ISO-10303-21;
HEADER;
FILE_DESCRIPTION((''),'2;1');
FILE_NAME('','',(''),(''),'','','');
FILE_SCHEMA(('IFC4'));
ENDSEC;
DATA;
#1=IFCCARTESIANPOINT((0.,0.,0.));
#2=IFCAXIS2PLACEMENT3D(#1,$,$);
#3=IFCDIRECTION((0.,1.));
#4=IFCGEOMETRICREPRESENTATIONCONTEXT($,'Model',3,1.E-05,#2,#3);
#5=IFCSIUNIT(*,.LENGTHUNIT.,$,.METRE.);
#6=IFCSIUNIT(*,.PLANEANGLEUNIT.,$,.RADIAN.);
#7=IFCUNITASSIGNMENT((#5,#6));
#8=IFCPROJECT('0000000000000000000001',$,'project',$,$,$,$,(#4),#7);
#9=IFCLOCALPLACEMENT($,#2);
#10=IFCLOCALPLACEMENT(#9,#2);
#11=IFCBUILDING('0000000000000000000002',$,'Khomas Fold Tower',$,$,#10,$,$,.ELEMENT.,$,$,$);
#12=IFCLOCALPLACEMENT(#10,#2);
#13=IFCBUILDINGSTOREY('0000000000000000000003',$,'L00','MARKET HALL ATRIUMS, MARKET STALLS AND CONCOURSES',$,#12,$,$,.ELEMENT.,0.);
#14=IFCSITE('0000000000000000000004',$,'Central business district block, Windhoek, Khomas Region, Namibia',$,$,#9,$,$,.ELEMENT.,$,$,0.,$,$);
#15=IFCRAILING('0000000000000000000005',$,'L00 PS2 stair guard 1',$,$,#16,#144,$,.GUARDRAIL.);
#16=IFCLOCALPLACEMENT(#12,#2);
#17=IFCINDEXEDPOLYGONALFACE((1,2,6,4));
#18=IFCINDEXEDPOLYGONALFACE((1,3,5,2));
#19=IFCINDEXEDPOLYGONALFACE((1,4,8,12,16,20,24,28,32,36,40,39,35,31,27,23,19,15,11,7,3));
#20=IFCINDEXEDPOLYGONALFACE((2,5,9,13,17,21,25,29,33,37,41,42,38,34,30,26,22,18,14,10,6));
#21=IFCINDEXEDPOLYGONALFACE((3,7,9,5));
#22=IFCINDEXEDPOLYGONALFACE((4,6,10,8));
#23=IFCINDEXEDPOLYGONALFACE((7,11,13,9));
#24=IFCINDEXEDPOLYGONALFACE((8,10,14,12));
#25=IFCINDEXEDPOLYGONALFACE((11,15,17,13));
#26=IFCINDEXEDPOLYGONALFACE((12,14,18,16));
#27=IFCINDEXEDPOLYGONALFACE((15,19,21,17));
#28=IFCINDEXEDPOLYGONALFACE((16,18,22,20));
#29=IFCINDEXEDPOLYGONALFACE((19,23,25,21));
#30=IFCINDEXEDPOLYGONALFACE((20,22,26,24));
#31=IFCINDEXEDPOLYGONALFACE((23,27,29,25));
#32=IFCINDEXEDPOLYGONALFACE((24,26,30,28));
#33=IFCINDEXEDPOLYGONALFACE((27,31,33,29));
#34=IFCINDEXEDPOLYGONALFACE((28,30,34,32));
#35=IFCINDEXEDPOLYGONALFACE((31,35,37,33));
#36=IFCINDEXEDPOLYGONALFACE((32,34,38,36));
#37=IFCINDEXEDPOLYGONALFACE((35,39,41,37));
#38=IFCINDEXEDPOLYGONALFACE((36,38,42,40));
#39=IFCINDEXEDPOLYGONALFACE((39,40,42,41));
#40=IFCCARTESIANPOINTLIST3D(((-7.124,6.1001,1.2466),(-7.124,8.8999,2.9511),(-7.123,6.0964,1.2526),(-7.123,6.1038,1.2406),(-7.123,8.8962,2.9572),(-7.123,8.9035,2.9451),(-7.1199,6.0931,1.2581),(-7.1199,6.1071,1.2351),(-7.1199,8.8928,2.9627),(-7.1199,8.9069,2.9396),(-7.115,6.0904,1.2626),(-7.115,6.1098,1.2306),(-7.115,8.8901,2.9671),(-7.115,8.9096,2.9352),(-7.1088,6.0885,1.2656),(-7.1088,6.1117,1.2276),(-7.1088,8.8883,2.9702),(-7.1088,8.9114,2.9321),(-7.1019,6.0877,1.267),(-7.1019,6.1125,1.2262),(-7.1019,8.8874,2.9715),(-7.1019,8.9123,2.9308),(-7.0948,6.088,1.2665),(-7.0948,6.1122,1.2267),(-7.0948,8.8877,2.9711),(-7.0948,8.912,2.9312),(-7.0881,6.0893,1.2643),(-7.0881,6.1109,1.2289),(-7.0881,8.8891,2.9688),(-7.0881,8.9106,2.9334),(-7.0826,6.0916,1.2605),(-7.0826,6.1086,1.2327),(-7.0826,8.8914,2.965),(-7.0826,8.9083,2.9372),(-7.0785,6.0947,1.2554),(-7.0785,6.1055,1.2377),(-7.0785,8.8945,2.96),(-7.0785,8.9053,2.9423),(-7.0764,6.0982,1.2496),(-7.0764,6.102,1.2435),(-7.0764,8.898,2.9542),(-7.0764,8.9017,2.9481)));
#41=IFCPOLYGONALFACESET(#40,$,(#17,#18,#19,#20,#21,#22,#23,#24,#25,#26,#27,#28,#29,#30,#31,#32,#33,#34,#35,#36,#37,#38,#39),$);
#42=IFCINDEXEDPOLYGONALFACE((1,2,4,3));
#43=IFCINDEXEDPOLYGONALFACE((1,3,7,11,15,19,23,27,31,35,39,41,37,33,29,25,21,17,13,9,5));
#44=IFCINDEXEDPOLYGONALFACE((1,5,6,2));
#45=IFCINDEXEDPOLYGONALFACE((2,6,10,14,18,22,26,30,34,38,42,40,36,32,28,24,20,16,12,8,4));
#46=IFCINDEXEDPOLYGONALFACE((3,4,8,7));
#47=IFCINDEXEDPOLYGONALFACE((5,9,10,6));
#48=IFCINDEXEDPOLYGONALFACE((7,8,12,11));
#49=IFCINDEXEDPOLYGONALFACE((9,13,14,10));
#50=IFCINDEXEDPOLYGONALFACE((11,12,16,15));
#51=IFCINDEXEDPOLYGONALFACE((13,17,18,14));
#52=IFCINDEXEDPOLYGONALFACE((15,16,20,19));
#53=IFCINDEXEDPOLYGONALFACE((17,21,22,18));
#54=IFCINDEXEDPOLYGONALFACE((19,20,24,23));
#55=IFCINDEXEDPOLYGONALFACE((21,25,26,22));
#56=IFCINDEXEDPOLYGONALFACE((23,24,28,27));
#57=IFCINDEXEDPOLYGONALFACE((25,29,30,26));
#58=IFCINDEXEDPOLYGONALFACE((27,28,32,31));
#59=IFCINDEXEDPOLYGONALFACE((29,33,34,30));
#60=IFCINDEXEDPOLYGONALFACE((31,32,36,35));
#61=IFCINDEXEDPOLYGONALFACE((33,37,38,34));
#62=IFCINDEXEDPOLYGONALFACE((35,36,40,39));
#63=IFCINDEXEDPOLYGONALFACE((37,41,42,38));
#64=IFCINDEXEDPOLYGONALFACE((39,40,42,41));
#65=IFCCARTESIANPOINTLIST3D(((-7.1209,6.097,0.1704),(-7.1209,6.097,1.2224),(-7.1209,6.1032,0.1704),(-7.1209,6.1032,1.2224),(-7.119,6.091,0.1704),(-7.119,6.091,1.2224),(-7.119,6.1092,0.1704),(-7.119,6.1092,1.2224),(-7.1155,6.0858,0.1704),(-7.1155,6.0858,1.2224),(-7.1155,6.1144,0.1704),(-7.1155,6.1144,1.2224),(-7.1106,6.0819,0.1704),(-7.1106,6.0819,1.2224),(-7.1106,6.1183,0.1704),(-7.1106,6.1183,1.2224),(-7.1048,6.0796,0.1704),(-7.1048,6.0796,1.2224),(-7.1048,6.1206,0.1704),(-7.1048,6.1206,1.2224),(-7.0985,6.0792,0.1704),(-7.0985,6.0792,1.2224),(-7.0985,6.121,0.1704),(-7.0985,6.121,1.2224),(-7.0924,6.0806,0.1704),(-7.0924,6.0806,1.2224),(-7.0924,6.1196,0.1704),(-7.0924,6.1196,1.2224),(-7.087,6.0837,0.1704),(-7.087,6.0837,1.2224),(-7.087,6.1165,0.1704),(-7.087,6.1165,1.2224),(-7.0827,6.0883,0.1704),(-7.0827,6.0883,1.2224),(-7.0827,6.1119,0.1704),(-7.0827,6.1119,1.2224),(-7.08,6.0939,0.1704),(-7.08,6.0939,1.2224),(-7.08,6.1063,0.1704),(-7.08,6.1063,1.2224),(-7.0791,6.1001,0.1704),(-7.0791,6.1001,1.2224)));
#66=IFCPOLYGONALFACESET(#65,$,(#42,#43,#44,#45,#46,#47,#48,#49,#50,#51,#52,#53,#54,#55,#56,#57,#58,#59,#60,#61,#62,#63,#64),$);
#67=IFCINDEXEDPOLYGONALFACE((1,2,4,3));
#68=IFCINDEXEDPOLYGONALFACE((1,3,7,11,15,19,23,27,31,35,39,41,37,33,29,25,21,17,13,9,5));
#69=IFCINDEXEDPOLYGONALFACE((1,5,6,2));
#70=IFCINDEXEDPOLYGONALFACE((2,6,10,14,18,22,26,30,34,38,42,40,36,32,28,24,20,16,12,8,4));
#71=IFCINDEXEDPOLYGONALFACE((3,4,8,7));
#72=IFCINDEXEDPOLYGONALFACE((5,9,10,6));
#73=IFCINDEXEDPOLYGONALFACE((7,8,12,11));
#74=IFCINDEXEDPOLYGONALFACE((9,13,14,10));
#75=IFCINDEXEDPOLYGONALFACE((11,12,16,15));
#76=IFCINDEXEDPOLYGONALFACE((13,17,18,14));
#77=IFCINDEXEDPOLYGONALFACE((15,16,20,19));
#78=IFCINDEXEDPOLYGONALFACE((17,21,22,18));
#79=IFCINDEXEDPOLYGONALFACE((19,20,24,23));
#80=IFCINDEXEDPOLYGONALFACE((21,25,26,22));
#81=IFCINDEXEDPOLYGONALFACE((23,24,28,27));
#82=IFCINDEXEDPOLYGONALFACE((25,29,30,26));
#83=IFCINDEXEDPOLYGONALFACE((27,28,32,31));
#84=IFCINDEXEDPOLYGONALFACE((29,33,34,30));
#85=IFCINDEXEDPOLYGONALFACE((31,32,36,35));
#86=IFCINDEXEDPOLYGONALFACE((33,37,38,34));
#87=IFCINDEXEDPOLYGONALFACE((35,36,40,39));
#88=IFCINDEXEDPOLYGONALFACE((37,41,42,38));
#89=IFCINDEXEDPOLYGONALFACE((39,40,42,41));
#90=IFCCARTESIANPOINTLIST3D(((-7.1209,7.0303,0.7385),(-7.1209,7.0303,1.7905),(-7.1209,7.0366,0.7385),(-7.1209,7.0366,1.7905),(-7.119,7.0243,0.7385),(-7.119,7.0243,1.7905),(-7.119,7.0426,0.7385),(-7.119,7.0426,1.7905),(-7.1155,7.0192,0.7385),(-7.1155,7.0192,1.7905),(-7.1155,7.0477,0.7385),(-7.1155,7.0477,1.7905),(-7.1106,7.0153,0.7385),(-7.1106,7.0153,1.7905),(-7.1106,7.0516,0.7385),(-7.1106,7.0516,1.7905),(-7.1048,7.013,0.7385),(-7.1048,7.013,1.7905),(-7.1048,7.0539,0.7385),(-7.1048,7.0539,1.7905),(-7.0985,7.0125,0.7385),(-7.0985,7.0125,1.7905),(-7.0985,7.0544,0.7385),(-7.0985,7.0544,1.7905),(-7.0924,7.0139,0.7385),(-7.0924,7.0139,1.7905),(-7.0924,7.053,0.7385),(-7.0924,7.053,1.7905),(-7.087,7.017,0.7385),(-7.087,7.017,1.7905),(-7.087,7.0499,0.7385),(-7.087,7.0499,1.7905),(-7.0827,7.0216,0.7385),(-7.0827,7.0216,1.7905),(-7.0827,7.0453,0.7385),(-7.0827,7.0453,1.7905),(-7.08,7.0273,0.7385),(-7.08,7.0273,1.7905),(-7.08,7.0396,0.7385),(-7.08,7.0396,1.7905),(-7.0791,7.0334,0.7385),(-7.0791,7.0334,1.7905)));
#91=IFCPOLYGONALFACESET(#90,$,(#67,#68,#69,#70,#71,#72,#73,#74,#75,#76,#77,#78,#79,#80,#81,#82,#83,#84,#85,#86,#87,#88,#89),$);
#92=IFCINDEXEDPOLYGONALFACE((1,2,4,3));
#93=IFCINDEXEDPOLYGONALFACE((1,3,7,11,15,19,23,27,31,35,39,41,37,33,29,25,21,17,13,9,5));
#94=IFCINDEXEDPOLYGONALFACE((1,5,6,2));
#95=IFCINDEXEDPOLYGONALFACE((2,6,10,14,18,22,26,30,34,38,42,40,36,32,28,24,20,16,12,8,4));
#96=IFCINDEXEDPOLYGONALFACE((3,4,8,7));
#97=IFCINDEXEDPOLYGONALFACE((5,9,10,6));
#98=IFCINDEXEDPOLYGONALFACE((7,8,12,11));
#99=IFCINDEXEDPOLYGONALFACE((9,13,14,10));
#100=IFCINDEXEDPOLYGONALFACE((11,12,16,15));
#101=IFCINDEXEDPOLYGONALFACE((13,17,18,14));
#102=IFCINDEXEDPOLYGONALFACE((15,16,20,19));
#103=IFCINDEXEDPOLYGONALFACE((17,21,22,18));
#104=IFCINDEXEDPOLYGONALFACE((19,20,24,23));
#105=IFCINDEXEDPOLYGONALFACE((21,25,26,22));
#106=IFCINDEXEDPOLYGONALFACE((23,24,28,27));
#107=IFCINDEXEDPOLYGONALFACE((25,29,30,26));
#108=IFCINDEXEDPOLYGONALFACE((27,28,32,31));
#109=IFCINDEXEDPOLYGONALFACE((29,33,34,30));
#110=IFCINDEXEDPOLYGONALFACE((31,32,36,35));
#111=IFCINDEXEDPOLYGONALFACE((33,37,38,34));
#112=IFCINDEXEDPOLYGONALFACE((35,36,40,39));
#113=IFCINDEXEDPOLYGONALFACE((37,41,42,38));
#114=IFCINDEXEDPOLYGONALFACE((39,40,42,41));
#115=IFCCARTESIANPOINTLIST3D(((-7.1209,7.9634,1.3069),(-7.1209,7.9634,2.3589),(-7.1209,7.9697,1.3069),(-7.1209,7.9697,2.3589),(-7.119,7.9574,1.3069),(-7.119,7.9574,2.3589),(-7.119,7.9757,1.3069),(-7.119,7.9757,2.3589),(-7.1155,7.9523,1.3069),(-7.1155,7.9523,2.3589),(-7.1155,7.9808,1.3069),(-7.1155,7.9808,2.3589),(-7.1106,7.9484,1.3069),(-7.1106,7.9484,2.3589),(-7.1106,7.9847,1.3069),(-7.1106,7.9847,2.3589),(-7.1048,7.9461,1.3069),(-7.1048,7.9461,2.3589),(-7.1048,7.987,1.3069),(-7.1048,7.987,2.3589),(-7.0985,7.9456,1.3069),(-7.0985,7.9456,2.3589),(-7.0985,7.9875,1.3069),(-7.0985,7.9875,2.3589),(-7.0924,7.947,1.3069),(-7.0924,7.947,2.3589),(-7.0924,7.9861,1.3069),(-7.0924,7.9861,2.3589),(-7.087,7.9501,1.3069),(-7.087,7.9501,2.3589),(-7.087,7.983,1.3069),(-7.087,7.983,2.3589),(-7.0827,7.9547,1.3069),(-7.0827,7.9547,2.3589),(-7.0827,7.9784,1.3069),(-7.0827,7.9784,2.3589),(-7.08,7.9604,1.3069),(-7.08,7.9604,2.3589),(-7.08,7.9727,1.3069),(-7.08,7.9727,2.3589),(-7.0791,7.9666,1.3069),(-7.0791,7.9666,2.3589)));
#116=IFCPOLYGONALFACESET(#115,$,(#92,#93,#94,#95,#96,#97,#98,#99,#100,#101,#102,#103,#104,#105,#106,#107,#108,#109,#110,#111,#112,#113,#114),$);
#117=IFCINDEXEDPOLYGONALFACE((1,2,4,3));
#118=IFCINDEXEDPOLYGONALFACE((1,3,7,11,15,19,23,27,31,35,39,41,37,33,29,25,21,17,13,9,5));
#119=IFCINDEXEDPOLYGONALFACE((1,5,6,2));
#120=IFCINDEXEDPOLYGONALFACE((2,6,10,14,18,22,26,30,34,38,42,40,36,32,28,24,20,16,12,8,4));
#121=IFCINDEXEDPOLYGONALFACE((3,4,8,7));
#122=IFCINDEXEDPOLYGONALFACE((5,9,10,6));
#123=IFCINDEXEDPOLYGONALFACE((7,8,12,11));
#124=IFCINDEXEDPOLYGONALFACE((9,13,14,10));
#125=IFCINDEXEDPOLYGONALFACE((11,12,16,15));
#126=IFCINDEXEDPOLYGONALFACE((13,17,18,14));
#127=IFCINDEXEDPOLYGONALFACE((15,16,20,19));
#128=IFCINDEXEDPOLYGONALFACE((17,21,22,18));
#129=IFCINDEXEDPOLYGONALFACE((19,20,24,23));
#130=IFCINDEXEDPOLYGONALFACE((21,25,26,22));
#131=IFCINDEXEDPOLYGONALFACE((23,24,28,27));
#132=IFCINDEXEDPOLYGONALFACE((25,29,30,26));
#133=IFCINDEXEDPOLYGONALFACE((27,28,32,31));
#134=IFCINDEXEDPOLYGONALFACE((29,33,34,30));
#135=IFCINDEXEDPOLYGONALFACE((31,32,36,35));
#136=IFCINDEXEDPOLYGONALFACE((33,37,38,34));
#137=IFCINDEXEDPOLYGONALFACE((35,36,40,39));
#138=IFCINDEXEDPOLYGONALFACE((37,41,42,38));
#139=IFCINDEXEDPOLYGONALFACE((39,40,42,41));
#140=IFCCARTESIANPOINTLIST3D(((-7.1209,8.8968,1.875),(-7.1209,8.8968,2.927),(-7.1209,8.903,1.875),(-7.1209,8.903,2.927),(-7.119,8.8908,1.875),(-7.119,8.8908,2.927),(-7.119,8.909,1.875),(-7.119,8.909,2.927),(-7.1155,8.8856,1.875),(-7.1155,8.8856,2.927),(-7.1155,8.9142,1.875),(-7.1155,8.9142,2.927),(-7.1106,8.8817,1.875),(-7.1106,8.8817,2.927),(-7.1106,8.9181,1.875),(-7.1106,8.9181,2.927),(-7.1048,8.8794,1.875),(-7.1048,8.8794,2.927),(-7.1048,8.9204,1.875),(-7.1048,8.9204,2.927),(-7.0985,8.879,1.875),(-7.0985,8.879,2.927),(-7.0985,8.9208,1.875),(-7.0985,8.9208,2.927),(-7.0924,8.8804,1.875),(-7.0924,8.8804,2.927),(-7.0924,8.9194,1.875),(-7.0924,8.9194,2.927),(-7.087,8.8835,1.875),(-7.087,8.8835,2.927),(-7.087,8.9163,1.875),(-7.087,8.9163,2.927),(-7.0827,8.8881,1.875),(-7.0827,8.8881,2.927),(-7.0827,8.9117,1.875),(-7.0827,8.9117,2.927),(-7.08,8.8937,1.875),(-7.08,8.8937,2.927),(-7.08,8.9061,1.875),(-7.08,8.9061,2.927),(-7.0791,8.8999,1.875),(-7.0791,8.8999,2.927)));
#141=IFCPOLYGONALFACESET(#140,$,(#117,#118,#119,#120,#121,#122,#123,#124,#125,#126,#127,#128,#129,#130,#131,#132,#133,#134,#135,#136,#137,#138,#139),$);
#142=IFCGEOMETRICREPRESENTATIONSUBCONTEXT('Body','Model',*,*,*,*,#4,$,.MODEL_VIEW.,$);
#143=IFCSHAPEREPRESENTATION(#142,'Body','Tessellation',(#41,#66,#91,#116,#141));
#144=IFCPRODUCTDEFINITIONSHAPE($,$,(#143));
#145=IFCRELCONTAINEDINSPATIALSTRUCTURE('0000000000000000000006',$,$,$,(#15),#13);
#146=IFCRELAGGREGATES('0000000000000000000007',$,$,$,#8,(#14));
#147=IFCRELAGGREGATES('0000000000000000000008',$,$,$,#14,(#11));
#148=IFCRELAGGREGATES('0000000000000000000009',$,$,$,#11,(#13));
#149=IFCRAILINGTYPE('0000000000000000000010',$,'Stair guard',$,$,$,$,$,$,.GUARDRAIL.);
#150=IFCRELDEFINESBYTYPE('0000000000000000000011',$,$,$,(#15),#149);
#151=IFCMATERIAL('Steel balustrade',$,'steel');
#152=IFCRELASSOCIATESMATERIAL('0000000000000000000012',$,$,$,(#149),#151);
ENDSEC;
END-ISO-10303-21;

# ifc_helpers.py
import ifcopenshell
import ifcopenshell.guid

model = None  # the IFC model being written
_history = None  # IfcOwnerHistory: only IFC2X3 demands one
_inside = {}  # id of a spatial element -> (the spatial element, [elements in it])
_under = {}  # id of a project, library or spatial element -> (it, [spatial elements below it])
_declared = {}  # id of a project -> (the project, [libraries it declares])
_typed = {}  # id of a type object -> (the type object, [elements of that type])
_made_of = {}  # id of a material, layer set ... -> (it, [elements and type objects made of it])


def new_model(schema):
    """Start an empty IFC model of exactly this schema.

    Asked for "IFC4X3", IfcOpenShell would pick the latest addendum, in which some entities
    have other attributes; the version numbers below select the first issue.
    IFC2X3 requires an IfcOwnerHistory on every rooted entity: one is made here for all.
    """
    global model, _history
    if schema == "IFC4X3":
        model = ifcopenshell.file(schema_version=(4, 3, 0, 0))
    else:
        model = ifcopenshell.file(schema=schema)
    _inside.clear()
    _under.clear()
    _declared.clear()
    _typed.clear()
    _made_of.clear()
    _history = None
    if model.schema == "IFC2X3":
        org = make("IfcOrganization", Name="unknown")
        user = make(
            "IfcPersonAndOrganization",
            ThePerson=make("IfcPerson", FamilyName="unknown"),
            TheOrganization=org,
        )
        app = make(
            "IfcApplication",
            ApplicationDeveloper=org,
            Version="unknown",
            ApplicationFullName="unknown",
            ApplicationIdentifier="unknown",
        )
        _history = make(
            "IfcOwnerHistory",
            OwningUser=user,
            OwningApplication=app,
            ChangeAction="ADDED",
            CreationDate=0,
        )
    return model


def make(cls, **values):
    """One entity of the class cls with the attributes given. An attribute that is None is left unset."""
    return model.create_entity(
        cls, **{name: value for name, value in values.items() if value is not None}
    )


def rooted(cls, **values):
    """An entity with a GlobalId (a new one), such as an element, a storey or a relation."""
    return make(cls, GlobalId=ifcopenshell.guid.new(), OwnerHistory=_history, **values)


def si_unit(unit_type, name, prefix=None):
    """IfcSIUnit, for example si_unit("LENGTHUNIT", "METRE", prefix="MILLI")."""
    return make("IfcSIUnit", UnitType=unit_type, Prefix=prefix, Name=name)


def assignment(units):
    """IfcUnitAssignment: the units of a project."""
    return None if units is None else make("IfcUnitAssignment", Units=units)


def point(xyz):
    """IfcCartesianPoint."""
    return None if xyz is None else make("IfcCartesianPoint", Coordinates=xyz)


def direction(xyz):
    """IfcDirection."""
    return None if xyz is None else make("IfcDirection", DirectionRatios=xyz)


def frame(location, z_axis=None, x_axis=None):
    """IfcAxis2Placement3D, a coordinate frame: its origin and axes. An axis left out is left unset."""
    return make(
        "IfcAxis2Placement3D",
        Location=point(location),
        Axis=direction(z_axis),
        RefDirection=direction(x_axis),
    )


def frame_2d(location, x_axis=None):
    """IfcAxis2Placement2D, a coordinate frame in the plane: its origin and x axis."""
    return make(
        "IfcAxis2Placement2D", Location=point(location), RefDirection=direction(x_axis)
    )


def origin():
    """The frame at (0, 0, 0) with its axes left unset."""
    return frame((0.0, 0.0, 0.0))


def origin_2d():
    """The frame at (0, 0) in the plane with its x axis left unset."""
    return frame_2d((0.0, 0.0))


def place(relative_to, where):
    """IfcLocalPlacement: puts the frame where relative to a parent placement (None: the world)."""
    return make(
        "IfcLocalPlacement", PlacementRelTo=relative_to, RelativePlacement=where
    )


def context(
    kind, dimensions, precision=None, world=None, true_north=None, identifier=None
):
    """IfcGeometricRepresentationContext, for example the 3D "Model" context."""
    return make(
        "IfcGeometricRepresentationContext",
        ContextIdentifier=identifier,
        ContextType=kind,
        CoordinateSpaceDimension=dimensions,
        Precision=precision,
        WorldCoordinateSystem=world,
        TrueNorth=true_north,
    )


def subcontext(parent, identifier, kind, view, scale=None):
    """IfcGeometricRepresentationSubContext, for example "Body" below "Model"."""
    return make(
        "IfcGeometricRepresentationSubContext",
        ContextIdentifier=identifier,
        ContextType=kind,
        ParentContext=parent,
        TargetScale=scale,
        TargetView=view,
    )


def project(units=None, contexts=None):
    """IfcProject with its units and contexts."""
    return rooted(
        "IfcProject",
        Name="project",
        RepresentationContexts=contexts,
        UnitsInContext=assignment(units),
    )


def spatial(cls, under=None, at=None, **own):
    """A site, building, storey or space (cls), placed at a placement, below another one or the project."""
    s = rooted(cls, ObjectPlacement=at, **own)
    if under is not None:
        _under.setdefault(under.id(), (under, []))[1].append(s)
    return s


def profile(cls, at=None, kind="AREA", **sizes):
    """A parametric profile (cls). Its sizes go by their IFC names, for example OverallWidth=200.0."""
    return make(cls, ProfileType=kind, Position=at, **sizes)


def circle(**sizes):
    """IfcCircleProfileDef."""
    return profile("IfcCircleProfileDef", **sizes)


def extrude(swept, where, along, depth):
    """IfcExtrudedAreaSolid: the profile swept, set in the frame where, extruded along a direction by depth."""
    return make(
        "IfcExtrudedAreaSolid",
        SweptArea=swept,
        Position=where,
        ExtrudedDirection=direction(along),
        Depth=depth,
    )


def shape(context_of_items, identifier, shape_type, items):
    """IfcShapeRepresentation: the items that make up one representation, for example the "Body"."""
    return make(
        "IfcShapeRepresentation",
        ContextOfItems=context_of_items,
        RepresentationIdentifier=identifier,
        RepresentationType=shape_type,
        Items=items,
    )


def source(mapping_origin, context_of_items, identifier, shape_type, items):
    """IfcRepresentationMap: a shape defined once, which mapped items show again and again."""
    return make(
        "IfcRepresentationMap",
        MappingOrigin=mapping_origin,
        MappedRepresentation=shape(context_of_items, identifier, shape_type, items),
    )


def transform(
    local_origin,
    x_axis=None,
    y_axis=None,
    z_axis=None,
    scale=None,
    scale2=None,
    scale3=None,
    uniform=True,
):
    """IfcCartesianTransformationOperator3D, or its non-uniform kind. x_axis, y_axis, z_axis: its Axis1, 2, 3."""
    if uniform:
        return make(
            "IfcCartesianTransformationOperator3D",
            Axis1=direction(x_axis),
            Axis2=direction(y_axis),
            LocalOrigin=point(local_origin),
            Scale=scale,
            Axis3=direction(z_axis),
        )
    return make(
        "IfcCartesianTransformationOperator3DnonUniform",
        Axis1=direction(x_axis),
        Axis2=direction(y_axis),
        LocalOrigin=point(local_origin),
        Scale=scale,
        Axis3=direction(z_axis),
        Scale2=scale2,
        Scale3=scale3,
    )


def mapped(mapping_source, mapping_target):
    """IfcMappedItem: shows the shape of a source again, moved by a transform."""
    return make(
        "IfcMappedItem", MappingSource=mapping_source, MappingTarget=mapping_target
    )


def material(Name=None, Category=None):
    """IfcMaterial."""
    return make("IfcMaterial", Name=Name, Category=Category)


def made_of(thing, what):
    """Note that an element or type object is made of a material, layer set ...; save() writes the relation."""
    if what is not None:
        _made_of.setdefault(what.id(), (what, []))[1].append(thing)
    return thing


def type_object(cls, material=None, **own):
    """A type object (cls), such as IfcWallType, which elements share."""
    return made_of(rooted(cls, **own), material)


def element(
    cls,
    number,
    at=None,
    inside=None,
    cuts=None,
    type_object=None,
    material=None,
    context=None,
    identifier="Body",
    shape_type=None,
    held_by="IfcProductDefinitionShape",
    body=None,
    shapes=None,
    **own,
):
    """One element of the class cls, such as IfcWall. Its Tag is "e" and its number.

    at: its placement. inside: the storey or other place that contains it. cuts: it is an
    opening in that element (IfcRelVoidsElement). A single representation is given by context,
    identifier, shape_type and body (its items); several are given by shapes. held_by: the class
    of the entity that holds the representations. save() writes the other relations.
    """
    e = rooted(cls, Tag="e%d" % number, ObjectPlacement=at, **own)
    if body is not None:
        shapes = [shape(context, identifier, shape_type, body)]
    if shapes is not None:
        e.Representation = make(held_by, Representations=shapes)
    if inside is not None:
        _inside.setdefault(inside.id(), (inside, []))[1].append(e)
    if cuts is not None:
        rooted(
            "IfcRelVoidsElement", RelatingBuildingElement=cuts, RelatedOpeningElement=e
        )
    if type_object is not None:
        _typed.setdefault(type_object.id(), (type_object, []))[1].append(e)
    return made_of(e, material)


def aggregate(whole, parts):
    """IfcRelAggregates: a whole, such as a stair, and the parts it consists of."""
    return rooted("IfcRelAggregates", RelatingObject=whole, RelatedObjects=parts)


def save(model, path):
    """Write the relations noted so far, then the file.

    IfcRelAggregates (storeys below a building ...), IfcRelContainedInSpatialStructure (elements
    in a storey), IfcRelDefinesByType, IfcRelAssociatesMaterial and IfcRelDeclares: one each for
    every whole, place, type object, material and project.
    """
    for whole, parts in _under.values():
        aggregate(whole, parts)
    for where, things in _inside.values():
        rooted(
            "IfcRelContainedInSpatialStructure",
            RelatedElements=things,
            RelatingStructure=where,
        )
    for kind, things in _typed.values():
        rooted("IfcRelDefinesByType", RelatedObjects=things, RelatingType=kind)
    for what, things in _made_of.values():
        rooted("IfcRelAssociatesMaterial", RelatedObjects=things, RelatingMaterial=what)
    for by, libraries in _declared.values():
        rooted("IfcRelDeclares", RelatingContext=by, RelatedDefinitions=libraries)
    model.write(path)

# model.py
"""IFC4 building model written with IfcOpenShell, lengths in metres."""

from ifc_helpers import new_model, si_unit, direction, frame, origin, origin_2d, place, context, subcontext, project, spatial, circle, extrude, source, transform, mapped, material, type_object, element, save


model = new_model("IFC4")

# Units and contexts
model_context = context("Model", 3, precision=1e-05, world=origin(), true_north=direction((0.0, 1.0)))
body_context = subcontext(model_context, "Body", "Model", "MODEL_VIEW")
ifc_project = project(units=[si_unit("LENGTHUNIT", "METRE"), si_unit("PLANEANGLEUNIT", "RADIAN")], contexts=[model_context])

# Site, building, storey
site_placement = place(None, origin())
site = spatial("IfcSite", under=ifc_project, at=site_placement, Name="Central business district block, Windhoek, Khomas Region, Namibia", CompositionType="ELEMENT", RefElevation=0.0)
building_placement = place(site_placement, origin())
building = spatial("IfcBuilding", under=site, at=building_placement, Name="Khomas Fold Tower", CompositionType="ELEMENT")
storey_placement = place(building_placement, origin())
storey = spatial("IfcBuildingStorey", under=building, at=storey_placement, Name="L00", Description="MARKET HALL ATRIUMS, MARKET STALLS AND CONCOURSES", CompositionType="ELEMENT", Elevation=0.0)

# Railing
ifc_material_1 = material(Name="Steel balustrade", Category="steel")
railing_type_1 = type_object("IfcRailingType", Name="Stair guard", PredefinedType="GUARDRAIL", material=ifc_material_1)
shared_shape_1 = source(origin(), body_context, "Body", "SweptSolid", [
    extrude(circle(Radius=0.0239, at=origin_2d()), frame((0.0, 0.0, 1.0762), z_axis=(0.0, 0.85415, 0.520027), x_axis=(-1.0, 0.0, 0.0)), (0.0, 0.0, 1.0), 3.2778),
    extrude(circle(Radius=0.021, at=origin_2d()), origin(), (0.0, 0.0, 1.0), 1.052),
    extrude(circle(Radius=0.021, at=origin_2d()), frame((0.0, 0.9333, 0.5681)), (0.0, 0.0, 1.0), 1.052),
    extrude(circle(Radius=0.021, at=origin_2d()), frame((0.0, 1.8665, 1.1365)), (0.0, 0.0, 1.0), 1.052),
    extrude(circle(Radius=0.021, at=origin_2d()), frame((0.0, 2.7998, 1.7046)), (0.0, 0.0, 1.0), 1.052),
])
for number, where, name in (
    (1, (-7.1001, 6.1001, 0.1704), "L00 PS2 stair guard 1"),
):
    element("IfcRailing", number, at=place(storey_placement, frame(where)), inside=storey, type_object=railing_type_1, Name=name, PredefinedType="GUARDRAIL", context=body_context, shape_type="MappedRepresentation", body=[
        mapped(shared_shape_1, transform((0.0, 0.0, 0.0))),
    ])

save(model, "model.ifc")
